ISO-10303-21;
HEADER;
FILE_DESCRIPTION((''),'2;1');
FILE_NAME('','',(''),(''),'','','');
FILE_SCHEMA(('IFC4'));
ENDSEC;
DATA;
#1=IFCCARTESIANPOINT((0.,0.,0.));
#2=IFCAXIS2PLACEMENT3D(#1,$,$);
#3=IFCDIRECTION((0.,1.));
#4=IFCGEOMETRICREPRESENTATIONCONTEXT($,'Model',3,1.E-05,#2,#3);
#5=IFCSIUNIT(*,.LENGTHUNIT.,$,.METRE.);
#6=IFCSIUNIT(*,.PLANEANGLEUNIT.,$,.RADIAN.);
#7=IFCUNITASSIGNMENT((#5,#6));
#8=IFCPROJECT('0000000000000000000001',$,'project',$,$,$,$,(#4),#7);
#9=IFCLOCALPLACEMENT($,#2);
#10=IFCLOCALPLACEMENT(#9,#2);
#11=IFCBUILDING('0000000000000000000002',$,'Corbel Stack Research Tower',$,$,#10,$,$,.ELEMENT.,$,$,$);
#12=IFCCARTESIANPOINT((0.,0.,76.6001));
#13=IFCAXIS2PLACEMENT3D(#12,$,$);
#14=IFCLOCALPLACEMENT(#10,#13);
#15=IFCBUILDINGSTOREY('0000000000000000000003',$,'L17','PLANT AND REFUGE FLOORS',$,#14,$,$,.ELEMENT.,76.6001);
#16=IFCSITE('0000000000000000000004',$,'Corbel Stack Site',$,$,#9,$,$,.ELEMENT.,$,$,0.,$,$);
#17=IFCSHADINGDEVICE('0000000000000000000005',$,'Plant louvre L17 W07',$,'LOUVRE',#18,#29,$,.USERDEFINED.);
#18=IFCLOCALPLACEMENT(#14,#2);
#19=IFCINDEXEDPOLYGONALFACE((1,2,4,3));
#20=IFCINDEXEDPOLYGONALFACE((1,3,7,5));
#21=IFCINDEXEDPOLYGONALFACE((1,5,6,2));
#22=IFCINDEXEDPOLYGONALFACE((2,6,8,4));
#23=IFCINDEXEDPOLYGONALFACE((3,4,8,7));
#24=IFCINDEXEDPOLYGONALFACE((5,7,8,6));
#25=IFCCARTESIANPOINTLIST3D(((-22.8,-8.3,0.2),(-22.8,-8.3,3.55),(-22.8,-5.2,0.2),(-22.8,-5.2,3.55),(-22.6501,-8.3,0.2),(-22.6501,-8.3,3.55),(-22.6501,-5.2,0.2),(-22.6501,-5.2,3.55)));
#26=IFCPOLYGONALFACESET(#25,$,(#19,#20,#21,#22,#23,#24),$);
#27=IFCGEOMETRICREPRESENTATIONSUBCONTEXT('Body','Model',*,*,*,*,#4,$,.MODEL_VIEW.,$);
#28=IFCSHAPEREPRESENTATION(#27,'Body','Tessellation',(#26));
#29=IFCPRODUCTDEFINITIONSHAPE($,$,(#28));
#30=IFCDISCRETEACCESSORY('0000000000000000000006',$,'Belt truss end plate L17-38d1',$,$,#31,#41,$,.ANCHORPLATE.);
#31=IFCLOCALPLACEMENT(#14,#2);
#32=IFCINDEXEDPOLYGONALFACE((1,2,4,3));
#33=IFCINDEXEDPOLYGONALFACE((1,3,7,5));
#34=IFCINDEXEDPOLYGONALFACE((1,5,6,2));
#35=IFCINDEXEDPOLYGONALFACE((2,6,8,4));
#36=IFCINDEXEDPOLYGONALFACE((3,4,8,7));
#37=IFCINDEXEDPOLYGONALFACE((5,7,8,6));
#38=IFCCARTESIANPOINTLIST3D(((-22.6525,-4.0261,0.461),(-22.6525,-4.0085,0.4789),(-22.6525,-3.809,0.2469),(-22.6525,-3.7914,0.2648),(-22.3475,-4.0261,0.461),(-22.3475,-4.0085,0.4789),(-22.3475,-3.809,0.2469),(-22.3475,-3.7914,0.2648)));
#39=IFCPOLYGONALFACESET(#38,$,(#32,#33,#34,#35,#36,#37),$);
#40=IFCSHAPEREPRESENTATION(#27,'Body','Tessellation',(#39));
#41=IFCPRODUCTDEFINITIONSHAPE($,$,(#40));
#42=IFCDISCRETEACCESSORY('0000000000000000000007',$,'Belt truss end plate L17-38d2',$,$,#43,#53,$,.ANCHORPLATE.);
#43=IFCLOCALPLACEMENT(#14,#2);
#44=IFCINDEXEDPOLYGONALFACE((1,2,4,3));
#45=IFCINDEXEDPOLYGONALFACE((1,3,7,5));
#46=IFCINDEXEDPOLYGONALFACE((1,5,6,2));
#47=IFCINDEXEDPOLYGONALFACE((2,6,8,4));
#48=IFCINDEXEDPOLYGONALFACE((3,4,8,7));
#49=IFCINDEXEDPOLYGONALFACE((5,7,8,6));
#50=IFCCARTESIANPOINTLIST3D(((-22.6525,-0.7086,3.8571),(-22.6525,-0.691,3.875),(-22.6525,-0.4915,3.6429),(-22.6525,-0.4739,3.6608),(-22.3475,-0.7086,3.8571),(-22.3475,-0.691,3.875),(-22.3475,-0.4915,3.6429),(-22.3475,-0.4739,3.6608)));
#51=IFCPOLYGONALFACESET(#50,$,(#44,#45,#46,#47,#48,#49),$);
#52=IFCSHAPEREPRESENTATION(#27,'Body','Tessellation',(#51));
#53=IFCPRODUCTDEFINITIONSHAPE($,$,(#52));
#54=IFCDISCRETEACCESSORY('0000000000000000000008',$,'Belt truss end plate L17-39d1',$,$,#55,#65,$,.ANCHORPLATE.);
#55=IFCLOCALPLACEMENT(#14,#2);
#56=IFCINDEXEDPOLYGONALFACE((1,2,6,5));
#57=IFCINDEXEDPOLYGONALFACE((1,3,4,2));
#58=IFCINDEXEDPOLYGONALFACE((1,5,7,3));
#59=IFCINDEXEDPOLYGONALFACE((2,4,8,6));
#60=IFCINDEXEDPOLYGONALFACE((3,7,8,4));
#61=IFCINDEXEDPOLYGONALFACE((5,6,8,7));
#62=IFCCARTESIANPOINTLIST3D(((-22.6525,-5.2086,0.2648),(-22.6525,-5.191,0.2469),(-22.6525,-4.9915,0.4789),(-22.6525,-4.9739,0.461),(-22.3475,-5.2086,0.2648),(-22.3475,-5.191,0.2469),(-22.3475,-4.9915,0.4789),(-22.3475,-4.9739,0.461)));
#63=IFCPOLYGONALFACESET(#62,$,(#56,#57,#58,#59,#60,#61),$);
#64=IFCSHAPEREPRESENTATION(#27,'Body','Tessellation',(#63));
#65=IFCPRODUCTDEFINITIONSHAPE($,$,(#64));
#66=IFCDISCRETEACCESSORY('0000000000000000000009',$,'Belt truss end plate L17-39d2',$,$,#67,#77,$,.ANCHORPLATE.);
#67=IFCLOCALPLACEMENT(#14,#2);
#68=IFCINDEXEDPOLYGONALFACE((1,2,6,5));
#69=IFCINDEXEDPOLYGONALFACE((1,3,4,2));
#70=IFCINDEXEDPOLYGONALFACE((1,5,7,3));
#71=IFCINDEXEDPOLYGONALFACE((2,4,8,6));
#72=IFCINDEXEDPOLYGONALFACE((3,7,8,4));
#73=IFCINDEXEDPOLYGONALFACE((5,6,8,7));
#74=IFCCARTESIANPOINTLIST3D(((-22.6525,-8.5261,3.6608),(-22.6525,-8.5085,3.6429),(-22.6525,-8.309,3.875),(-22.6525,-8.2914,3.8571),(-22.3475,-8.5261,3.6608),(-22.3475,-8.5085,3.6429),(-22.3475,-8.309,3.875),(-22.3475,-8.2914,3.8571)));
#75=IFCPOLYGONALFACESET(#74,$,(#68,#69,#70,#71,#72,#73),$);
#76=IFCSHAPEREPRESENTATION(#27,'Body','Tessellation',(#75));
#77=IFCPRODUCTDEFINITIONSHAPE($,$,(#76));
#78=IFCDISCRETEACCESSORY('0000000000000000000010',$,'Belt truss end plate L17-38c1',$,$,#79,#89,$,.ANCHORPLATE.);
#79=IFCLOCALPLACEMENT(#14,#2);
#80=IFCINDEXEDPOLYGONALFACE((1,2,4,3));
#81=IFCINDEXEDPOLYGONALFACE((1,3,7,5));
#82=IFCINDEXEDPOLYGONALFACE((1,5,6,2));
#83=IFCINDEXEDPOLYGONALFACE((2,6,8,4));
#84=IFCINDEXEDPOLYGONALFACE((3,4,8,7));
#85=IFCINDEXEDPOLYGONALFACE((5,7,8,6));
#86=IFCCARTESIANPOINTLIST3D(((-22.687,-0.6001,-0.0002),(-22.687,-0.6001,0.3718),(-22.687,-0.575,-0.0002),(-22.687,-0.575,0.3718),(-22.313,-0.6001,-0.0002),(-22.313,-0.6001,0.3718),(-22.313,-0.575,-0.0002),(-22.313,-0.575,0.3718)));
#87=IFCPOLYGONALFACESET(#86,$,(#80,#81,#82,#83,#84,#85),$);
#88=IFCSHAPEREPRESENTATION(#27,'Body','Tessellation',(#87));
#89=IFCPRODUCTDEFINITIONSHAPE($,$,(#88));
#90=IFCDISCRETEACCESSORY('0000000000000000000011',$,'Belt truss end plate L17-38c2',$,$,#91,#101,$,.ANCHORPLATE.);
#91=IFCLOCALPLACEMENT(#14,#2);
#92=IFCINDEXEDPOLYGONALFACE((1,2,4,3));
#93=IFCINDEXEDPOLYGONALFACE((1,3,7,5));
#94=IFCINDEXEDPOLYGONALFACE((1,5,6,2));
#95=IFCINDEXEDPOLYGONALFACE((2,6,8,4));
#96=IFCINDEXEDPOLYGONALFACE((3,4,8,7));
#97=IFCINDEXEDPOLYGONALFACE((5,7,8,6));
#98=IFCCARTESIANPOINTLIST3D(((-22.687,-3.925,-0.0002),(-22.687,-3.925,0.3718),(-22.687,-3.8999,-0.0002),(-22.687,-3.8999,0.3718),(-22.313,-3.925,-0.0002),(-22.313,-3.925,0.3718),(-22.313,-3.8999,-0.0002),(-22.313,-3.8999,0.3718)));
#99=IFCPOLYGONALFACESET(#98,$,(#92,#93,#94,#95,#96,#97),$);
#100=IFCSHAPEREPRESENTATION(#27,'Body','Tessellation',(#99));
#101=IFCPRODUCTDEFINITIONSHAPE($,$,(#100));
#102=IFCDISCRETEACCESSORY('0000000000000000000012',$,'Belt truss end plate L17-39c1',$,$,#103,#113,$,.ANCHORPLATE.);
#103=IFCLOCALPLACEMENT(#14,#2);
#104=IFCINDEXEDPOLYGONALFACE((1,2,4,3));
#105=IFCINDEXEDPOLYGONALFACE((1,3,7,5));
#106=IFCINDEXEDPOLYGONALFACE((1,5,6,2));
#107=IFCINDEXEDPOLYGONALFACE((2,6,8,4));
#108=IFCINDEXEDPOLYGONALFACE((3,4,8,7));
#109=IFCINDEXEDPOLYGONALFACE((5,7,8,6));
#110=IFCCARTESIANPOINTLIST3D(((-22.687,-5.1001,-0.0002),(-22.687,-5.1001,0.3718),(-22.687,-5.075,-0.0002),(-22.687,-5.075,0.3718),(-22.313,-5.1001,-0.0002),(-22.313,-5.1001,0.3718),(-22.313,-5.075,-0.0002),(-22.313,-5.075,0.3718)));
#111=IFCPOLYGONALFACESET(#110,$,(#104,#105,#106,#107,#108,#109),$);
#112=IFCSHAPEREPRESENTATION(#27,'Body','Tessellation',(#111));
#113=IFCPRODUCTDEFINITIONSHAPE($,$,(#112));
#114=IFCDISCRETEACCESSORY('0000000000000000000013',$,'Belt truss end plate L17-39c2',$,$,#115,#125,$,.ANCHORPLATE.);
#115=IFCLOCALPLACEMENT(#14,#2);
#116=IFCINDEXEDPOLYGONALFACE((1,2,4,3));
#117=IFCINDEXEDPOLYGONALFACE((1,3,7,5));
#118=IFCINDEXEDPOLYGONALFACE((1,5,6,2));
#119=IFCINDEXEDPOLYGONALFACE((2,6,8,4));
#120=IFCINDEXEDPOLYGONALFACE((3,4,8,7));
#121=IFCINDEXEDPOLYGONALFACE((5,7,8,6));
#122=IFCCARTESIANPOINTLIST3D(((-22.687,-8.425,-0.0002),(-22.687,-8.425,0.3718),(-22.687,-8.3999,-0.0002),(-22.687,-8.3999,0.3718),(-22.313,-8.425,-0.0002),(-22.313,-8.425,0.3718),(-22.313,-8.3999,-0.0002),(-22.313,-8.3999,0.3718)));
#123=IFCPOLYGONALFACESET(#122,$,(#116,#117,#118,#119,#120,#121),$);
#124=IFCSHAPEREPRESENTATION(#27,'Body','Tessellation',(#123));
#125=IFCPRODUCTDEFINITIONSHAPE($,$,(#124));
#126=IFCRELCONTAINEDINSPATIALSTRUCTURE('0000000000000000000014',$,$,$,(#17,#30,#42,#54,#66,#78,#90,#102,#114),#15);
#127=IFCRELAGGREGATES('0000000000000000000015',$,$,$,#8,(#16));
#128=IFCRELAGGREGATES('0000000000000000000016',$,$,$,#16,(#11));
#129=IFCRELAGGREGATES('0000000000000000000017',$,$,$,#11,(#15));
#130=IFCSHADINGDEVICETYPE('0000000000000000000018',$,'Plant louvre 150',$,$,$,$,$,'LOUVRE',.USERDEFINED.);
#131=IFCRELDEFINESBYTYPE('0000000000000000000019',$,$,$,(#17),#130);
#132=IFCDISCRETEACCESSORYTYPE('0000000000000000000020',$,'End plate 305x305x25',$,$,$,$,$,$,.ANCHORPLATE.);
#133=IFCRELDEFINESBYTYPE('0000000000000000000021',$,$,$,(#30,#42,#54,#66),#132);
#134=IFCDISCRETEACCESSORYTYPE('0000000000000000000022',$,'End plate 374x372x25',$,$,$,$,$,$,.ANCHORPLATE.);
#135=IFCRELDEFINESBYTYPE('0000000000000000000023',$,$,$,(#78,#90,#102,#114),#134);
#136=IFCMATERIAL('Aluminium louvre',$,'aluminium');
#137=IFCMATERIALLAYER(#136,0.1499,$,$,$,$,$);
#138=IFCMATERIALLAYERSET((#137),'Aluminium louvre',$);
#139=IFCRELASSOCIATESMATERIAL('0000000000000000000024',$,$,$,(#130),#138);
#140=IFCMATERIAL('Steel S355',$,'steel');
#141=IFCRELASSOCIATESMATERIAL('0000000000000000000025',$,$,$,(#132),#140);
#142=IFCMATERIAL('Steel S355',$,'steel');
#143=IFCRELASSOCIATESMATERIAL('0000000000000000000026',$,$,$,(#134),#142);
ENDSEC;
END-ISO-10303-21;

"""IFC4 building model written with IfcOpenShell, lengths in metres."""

from ifc_helpers import new_model, si_unit, direction, frame, origin, origin_2d, place, context, subcontext, project, spatial, rectangle, extrude, material, layer, layer_set, material_profile, profile_set, type_object, element, save


model = new_model("IFC4")

# Units and contexts
model_context = context("Model", 3, precision=1e-05, world=origin(), true_north=direction((0.0, 1.0)))
body_context = subcontext(model_context, "Body", "Model", "MODEL_VIEW")
ifc_project = project(units=[si_unit("LENGTHUNIT", "METRE"), si_unit("PLANEANGLEUNIT", "RADIAN")], contexts=[model_context])

# Site, building, storey
site_placement = place(None, origin())
site = spatial("IfcSite", under=ifc_project, at=site_placement, Name="Corbel Stack Site", CompositionType="ELEMENT", RefElevation=0.0)
building_placement = place(site_placement, origin())
building = spatial("IfcBuilding", under=site, at=building_placement, Name="Corbel Stack Research Tower", CompositionType="ELEMENT")
storey_placement = place(building_placement, frame((0.0, 0.0, 76.6001)))
storey = spatial("IfcBuildingStorey", under=building, at=storey_placement, Name="L17", Description="PLANT AND REFUGE FLOORS", CompositionType="ELEMENT", Elevation=76.6001)

# Shading device
ifc_material_1 = material(Name="Aluminium louvre", Category="aluminium")
ifc_layer_1 = layer(ifc_material_1, 0.1499)
ifc_layer_set_1 = layer_set([ifc_layer_1], Name="Aluminium louvre")
shading_device_type = type_object("IfcShadingDeviceType", Name="Plant louvre 150", ElementType="LOUVRE", PredefinedType="USERDEFINED", material=ifc_layer_set_1)
for number, where, z_axis, x_axis, name in (
    (1, (-22.7251, -6.75, 0.2), (0.0, 0.0, 1.0), (0.0, -1.0, 0.0), "Plant louvre L17 W07"),
):
    element("IfcShadingDevice", number, at=place(storey_placement, frame(where, z_axis=z_axis, x_axis=x_axis)), inside=storey, type_object=shading_device_type, Name=name, ObjectType="LOUVRE", PredefinedType="USERDEFINED", context=body_context, shape_type="SweptSolid", body=[
        extrude(rectangle(XDim=3.1001, YDim=0.1499, at=origin_2d()), origin(), (0.0, 0.0, 1.0), 3.3501),
    ])

# Discrete accessories
ifc_material_2 = material(Name="Steel S355", Category="steel")
ifc_material_profile_1 = material_profile(ifc_material_2, rectangle(XDim=0.3049, YDim=0.3049, at=origin_2d()), Name="End plate 305x305x25")
ifc_profile_set_1 = profile_set([ifc_material_profile_1], Name="Steel S355")
discrete_accessory_type_1 = type_object("IfcDiscreteAccessoryType", Name="End plate 305x305x25", PredefinedType="ANCHORPLATE", material=ifc_profile_set_1)
for number, where, z_axis, x_axis, name in (
    (2, (-22.5, -3.8999, 0.3718), (0.0, -0.702213, -0.711966), (1.0, 0.0, 0.0), "Belt truss end plate L17-38d1"),
    (3, (-22.5, -0.6001, 3.75), (0.0, 0.702213, 0.711966), (-1.0, 0.0, 0.0), "Belt truss end plate L17-38d2"),
    (4, (-22.5, -5.1001, 0.3718), (0.0, 0.702213, -0.711966), (-1.0, 0.0, 0.0), "Belt truss end plate L17-39d1"),
    (5, (-22.5, -8.3999, 3.75), (0.0, -0.702213, 0.711966), (1.0, 0.0, 0.0), "Belt truss end plate L17-39d2"),
):
    element("IfcDiscreteAccessory", number, at=place(storey_placement, frame(where, z_axis=z_axis, x_axis=x_axis)), inside=storey, type_object=discrete_accessory_type_1, Name=name, PredefinedType="ANCHORPLATE", context=body_context, shape_type="SweptSolid", body=[
        extrude(rectangle(XDim=0.3049, YDim=0.3049, at=origin_2d()), origin(), (0.0, 0.0, 1.0), 0.0251),
    ])
ifc_material_3 = material(Name="Steel S355", Category="steel")
ifc_material_profile_2 = material_profile(ifc_material_3, rectangle(XDim=0.374, YDim=0.3721, at=origin_2d()), Name="End plate 374x372x25")
ifc_profile_set_2 = profile_set([ifc_material_profile_2], Name="Steel S355")
discrete_accessory_type_2 = type_object("IfcDiscreteAccessoryType", Name="End plate 374x372x25", PredefinedType="ANCHORPLATE", material=ifc_profile_set_2)
for number, where, z_axis, x_axis, name in (
    (6, (-22.5, -0.6001, 0.1858), (0.0, 1.0, 0.0), (-1.0, 0.0, 0.0), "Belt truss end plate L17-38c1"),
    (7, (-22.5, -3.8999, 0.1858), (0.0, -1.0, 0.0), (1.0, 0.0, 0.0), "Belt truss end plate L17-38c2"),
    (8, (-22.5, -5.1001, 0.1858), (0.0, 1.0, 0.0), (-1.0, 0.0, 0.0), "Belt truss end plate L17-39c1"),
    (9, (-22.5, -8.3999, 0.1858), (0.0, -1.0, 0.0), (1.0, 0.0, 0.0), "Belt truss end plate L17-39c2"),
):
    element("IfcDiscreteAccessory", number, at=place(storey_placement, frame(where, z_axis=z_axis, x_axis=x_axis)), inside=storey, type_object=discrete_accessory_type_2, Name=name, PredefinedType="ANCHORPLATE", context=body_context, shape_type="SweptSolid", body=[
        extrude(rectangle(XDim=0.374, YDim=0.3721, at=origin_2d()), origin(), (0.0, 0.0, 1.0), 0.0251),
    ])

save(model, "model.ifc")
